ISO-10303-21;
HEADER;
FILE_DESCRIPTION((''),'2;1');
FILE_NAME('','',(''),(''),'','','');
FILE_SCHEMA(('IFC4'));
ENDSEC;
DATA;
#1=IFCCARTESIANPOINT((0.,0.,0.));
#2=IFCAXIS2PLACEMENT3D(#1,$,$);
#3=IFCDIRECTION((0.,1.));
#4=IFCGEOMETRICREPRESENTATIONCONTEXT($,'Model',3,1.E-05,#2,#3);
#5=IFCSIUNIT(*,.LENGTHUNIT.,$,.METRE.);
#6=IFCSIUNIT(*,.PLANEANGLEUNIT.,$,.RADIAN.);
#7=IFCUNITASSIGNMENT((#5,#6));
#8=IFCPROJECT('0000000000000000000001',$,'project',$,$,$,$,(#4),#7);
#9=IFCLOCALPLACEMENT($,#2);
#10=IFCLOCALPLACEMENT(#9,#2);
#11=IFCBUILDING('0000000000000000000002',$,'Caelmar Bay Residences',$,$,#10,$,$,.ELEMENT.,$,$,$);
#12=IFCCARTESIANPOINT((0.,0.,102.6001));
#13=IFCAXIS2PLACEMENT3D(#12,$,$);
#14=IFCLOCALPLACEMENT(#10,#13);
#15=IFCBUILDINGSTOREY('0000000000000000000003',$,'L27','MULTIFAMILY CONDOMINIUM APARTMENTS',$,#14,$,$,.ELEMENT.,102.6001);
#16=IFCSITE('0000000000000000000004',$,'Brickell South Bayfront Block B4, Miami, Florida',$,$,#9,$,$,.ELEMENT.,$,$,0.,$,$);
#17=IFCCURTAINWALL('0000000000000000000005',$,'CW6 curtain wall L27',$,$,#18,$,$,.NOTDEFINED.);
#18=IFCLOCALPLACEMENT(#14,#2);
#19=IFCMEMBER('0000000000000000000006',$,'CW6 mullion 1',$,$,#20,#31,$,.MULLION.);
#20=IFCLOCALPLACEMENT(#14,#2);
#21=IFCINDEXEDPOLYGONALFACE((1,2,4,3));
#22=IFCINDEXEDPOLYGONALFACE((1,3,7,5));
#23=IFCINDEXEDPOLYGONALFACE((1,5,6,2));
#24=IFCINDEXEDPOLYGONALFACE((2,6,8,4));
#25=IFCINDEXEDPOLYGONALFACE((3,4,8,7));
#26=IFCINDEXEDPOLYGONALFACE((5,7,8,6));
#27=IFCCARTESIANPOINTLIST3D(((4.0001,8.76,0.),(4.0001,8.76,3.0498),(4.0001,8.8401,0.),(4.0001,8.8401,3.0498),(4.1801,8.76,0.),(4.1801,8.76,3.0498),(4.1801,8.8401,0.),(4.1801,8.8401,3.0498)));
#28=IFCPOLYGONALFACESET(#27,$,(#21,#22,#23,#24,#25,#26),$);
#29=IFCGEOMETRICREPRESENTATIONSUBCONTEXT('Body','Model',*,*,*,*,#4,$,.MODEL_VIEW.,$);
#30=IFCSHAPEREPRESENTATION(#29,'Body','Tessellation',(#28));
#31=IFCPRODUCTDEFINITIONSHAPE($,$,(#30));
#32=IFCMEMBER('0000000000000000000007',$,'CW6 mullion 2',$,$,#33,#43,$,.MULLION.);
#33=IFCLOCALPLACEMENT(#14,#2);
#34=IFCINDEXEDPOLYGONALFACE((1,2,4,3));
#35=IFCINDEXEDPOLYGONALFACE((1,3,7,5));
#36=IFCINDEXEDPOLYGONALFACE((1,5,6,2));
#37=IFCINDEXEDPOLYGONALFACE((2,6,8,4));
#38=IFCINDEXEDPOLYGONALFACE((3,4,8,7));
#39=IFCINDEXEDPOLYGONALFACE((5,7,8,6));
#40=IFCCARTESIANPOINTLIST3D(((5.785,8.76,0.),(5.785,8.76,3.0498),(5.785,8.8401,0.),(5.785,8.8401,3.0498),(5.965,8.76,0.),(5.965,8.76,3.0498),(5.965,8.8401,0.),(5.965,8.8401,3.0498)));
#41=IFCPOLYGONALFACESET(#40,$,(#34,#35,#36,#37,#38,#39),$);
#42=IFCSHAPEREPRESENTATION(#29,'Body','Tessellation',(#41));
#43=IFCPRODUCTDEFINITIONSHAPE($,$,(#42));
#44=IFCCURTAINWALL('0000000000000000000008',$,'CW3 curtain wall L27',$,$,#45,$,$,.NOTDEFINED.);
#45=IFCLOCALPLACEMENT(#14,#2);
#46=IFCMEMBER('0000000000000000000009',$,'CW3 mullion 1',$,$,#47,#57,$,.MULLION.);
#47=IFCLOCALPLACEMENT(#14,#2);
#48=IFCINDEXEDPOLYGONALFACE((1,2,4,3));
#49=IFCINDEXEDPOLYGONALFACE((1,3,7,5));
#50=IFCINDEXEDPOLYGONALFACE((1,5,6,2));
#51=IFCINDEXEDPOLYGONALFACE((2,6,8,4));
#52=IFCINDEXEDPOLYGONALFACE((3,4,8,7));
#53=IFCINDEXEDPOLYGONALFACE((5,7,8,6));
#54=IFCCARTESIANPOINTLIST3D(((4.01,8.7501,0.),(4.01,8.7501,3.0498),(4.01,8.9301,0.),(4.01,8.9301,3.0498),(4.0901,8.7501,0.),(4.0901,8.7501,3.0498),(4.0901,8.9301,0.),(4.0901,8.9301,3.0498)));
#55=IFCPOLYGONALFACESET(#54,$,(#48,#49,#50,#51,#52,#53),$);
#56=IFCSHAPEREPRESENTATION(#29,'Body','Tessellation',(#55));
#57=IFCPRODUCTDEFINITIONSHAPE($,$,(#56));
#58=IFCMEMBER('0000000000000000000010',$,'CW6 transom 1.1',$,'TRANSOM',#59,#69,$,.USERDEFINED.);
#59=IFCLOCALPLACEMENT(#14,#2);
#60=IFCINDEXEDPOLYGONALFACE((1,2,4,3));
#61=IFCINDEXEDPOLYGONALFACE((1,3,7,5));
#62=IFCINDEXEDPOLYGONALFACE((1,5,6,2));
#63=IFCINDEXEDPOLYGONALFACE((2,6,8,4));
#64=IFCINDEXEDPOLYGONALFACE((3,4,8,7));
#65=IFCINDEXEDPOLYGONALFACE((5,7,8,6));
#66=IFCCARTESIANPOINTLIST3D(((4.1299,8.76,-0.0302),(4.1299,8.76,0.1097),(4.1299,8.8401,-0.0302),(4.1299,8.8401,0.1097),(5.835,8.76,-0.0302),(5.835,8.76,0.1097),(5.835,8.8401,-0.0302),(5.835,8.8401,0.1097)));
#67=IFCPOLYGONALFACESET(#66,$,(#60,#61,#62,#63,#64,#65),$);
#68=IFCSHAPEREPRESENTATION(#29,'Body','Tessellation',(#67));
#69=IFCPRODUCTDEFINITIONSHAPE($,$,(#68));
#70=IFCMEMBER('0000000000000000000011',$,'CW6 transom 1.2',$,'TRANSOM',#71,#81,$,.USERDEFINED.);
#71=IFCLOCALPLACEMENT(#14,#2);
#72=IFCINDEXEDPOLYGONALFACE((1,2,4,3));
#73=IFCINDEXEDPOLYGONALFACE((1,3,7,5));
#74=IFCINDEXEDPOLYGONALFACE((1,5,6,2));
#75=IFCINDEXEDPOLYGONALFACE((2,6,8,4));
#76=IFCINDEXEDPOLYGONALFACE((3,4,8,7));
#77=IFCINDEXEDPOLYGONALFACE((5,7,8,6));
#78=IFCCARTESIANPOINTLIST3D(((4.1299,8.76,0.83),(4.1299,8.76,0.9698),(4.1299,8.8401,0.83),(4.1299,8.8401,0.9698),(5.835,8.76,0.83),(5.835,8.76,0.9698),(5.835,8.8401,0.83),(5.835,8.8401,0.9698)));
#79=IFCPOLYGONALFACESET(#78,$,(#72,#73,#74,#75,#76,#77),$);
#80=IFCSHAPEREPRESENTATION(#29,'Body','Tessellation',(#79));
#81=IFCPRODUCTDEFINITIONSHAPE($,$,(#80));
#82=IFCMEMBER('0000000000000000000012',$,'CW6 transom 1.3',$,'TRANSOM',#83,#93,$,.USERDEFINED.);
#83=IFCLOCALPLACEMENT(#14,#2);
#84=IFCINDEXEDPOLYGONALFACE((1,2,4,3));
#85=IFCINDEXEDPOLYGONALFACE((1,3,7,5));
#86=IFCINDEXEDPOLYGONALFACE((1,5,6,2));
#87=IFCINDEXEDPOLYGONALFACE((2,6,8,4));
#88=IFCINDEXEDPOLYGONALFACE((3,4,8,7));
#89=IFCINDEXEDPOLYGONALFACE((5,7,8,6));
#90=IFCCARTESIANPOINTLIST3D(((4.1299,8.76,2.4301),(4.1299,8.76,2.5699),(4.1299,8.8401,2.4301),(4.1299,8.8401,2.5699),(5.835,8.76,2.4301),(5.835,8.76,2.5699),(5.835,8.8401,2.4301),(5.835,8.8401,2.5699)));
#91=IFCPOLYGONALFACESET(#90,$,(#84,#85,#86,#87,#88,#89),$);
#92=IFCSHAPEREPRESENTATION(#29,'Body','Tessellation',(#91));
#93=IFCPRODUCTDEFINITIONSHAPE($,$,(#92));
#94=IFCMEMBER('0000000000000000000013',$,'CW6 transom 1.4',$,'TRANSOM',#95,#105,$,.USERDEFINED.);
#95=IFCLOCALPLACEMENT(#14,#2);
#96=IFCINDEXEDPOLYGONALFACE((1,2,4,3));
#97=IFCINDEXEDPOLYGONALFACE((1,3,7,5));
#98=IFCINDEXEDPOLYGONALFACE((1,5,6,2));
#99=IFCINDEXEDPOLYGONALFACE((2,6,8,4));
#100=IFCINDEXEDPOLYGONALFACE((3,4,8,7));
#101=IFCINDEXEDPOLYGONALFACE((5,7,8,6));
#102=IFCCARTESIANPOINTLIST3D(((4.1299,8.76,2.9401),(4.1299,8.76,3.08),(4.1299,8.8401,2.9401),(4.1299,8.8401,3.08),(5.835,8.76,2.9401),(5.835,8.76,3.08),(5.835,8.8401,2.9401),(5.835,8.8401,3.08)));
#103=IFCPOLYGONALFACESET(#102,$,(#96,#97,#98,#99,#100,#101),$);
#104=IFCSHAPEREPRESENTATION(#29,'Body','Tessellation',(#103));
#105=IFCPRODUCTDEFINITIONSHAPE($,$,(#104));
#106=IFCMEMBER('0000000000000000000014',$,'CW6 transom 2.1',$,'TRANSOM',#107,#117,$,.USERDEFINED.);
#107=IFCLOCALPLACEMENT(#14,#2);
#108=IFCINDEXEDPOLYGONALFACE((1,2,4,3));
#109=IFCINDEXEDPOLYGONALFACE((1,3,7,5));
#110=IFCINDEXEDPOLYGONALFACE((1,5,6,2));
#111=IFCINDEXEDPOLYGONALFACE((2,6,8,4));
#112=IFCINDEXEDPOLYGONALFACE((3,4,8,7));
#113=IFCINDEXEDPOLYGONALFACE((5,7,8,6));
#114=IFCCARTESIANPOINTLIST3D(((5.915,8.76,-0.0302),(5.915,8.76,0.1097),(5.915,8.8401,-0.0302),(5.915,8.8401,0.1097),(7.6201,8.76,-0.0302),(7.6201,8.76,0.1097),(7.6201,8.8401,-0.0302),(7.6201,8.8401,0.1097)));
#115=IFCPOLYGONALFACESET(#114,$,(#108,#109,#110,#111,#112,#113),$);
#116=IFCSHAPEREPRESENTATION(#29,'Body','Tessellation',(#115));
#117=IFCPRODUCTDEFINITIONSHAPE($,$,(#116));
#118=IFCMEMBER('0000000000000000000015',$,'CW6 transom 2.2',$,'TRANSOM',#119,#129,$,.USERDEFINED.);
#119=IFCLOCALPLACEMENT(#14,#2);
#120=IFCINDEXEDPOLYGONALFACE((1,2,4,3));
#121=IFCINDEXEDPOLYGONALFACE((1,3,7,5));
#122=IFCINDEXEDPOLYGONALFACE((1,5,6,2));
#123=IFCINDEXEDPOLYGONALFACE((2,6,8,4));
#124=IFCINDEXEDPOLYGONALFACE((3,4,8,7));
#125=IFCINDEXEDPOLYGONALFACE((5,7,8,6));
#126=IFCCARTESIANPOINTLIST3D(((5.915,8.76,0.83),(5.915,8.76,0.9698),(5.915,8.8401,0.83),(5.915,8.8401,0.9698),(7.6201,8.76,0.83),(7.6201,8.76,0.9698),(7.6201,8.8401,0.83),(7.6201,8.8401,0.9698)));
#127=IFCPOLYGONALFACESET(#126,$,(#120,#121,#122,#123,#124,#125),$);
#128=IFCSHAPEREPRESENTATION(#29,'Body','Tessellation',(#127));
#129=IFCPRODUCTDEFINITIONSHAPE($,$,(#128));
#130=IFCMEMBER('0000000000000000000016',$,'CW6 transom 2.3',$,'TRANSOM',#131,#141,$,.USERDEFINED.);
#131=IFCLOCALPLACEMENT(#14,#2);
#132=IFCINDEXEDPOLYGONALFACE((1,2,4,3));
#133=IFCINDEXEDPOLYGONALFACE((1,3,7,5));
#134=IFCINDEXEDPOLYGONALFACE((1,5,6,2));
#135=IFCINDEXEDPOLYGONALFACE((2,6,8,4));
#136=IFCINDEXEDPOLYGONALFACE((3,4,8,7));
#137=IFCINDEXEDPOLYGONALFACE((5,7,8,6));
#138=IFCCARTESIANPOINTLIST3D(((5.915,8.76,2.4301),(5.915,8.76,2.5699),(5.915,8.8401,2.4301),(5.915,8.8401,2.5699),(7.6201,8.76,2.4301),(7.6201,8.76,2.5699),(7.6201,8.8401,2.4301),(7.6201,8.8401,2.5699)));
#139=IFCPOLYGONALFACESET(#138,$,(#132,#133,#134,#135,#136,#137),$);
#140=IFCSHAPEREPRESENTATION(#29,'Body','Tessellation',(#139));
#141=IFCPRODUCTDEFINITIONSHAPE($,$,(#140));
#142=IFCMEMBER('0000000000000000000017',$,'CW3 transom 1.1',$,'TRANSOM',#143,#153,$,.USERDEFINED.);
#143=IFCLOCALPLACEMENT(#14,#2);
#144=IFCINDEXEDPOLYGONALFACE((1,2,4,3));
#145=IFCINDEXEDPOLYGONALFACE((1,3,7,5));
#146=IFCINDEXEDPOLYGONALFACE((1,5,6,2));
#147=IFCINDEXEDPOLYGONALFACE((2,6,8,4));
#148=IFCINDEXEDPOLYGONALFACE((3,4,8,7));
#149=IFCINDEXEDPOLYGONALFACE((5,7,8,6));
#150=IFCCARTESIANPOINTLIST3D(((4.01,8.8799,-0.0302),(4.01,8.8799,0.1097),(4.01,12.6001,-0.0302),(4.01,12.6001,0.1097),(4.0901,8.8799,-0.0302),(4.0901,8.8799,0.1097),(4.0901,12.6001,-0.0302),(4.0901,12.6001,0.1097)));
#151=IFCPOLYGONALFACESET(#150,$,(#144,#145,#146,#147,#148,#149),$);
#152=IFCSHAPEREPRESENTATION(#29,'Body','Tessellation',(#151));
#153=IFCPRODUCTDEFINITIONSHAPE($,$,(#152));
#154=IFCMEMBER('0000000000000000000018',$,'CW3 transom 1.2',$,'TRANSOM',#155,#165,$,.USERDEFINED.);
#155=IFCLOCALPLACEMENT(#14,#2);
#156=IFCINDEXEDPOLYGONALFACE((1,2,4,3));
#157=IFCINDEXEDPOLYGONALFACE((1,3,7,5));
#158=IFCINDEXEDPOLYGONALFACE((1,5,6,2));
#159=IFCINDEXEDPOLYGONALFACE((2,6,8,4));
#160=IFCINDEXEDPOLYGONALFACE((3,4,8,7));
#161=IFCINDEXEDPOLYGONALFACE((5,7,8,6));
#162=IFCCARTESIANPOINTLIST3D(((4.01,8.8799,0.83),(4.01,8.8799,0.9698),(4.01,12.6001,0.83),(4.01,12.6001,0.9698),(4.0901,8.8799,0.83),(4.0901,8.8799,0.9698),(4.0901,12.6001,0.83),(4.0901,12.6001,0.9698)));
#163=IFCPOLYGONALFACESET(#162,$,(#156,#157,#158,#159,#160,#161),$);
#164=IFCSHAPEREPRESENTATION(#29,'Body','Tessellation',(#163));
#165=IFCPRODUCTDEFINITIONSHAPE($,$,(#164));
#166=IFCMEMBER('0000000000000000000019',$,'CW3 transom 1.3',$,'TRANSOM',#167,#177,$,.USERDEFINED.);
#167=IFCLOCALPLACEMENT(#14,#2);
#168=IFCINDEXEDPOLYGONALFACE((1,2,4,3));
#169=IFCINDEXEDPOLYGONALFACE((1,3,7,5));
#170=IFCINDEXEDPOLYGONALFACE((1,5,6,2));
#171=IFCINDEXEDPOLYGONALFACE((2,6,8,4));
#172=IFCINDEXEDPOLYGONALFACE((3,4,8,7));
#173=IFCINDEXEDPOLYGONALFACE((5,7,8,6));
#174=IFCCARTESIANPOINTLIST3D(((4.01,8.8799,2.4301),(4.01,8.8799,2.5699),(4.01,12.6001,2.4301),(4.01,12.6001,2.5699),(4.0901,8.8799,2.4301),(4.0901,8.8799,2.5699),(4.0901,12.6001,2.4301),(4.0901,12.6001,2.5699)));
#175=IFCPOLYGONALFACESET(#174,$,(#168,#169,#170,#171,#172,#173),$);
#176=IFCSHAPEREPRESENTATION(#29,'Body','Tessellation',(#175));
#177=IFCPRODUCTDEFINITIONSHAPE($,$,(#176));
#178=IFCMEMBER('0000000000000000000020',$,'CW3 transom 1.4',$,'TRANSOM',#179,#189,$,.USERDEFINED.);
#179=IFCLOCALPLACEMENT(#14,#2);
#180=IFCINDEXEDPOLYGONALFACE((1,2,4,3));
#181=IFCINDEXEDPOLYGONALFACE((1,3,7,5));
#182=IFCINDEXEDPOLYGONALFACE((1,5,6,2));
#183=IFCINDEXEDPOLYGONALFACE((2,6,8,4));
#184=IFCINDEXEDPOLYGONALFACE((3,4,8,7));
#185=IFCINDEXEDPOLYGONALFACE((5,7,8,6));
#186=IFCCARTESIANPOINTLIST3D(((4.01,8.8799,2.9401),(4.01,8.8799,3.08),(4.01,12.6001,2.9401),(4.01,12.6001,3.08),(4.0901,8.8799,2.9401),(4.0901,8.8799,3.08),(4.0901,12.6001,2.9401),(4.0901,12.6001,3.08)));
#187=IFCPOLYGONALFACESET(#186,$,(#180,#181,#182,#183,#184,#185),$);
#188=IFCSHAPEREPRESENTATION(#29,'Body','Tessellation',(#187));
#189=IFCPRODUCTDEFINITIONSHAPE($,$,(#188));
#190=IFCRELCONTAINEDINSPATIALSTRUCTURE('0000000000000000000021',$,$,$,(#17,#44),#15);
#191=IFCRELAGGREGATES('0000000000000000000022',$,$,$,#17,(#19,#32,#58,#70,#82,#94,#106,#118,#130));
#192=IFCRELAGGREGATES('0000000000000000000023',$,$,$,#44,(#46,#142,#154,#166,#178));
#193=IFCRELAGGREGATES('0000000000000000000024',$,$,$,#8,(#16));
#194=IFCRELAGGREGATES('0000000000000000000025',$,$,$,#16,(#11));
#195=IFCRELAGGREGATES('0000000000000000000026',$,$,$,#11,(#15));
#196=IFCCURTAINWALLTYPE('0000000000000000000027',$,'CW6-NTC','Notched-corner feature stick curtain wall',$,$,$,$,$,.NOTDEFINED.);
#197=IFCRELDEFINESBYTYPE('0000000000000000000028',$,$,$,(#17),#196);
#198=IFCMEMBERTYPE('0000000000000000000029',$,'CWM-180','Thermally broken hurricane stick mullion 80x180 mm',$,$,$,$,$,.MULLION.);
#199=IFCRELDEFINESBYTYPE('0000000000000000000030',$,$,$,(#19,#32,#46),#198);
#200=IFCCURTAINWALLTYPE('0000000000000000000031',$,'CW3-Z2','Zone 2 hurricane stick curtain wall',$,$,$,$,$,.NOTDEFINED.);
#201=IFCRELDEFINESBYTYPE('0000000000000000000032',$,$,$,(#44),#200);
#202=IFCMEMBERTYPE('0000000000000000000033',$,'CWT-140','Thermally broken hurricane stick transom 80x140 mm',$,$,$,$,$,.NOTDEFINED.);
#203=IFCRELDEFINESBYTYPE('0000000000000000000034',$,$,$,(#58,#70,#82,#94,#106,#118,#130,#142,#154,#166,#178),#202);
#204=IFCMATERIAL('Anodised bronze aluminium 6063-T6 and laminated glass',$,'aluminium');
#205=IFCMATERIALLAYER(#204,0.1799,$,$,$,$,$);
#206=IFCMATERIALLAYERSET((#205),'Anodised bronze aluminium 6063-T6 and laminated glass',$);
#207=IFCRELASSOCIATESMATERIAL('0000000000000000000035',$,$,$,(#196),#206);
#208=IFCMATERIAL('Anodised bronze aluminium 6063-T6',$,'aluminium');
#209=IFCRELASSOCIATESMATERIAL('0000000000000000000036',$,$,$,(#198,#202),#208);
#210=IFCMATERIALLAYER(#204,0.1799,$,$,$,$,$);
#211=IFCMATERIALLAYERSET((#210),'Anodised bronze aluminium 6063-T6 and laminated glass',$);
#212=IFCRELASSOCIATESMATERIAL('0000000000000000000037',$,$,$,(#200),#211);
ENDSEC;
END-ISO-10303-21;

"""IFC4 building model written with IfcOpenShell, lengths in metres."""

from ifc_helpers import new_model, si_unit, direction, frame, origin, origin_2d, place, context, subcontext, project, spatial, rectangle, extrude, material, layer, layer_set, material_profile, profile_set, type_object, element, aggregate, save


model = new_model("IFC4")

# Units and contexts
model_context = context("Model", 3, precision=1e-05, world=origin(), true_north=direction((0.0, 1.0)))
body_context = subcontext(model_context, "Body", "Model", "MODEL_VIEW")
ifc_project = project(units=[si_unit("LENGTHUNIT", "METRE"), si_unit("PLANEANGLEUNIT", "RADIAN")], contexts=[model_context])

# Site, building, storey
site_placement = place(None, origin())
site = spatial("IfcSite", under=ifc_project, at=site_placement, Name="Brickell South Bayfront Block B4, Miami, Florida", CompositionType="ELEMENT", RefElevation=0.0)
building_placement = place(site_placement, origin())
building = spatial("IfcBuilding", under=site, at=building_placement, Name="Caelmar Bay Residences", CompositionType="ELEMENT")
storey_placement = place(building_placement, frame((0.0, 0.0, 102.6001)))
storey = spatial("IfcBuildingStorey", under=building, at=storey_placement, Name="L27", Description="MULTIFAMILY CONDOMINIUM APARTMENTS", CompositionType="ELEMENT", Elevation=102.6001)

# Curtain wall, members
ifc_material_1 = material(Name="Anodised bronze aluminium 6063-T6 and laminated glass", Category="aluminium")
ifc_layer_1 = layer(ifc_material_1, 0.1799)
ifc_layer_set_1 = layer_set([ifc_layer_1], Name="Anodised bronze aluminium 6063-T6 and laminated glass")
curtain_wall_type_1 = type_object("IfcCurtainWallType", Name="CW6-NTC", Description="Notched-corner feature stick curtain wall", PredefinedType="NOTDEFINED", material=ifc_layer_set_1)
curtain_wall_1_placement = place(storey_placement, origin())
curtain_wall_1 = element("IfcCurtainWall", 1, at=curtain_wall_1_placement, inside=storey, type_object=curtain_wall_type_1, Name="CW6 curtain wall L27", PredefinedType="NOTDEFINED")
ifc_material_2 = material(Name="Anodised bronze aluminium 6063-T6", Category="aluminium")
ifc_material_profile_1 = material_profile(ifc_material_2, rectangle(XDim=0.0801, YDim=0.1799, at=origin_2d()), Name="CWM-80X180")
ifc_profile_set_1 = profile_set([ifc_material_profile_1], Name="Anodised bronze aluminium 6063-T6")
member_type_1 = type_object("IfcMemberType", Name="CWM-180", Description="Thermally broken hurricane stick mullion 80x180 mm", PredefinedType="MULLION", material=ifc_profile_set_1)
member_1_placement = place(storey_placement, frame((4.0901, 8.8, 0.0), z_axis=(0.0, 0.0, 1.0), x_axis=(0.0, 1.0, 0.0)))
member_1 = element("IfcMember", 2, at=member_1_placement, type_object=member_type_1, Name="CW6 mullion 1", PredefinedType="MULLION", context=body_context, shape_type="SweptSolid", body=[
    extrude(rectangle(XDim=0.0801, YDim=0.1799, at=origin_2d()), origin(), (0.0, 0.0, 1.0), 3.0498),
])
member_2_placement = place(storey_placement, frame((5.875, 8.8, 0.0), z_axis=(0.0, 0.0, 1.0), x_axis=(0.0, 1.0, 0.0)))
member_2 = element("IfcMember", 3, at=member_2_placement, type_object=member_type_1, Name="CW6 mullion 2", PredefinedType="MULLION", context=body_context, shape_type="SweptSolid", body=[
    extrude(rectangle(XDim=0.0801, YDim=0.1799, at=origin_2d()), origin(), (0.0, 0.0, 1.0), 3.0498),
])

# Curtain wall, member
ifc_layer_2 = layer(ifc_material_1, 0.1799)
ifc_layer_set_2 = layer_set([ifc_layer_2], Name="Anodised bronze aluminium 6063-T6 and laminated glass")
curtain_wall_type_2 = type_object("IfcCurtainWallType", Name="CW3-Z2", Description="Zone 2 hurricane stick curtain wall", PredefinedType="NOTDEFINED", material=ifc_layer_set_2)
curtain_wall_2_placement = place(storey_placement, origin())
curtain_wall_2 = element("IfcCurtainWall", 4, at=curtain_wall_2_placement, inside=storey, type_object=curtain_wall_type_2, Name="CW3 curtain wall L27", PredefinedType="NOTDEFINED")
member_3_placement = place(storey_placement, frame((4.05, 8.8401, 0.0), z_axis=(0.0, 0.0, 1.0), x_axis=(-1.0, 0.0, 0.0)))
member_3 = element("IfcMember", 5, at=member_3_placement, type_object=member_type_1, Name="CW3 mullion 1", PredefinedType="MULLION", context=body_context, shape_type="SweptSolid", body=[
    extrude(rectangle(XDim=0.0801, YDim=0.1799, at=origin_2d()), origin(), (0.0, 0.0, 1.0), 3.0498),
])

# Members
ifc_material_profile_2 = material_profile(ifc_material_2, rectangle(XDim=0.0801, YDim=0.1399, at=origin_2d()), Name="CWT-80X140")
ifc_profile_set_2 = profile_set([ifc_material_profile_2], Name="Anodised bronze aluminium 6063-T6")
member_type_2 = type_object("IfcMemberType", Name="CWT-140", Description="Thermally broken hurricane stick transom 80x140 mm", PredefinedType="NOTDEFINED", material=ifc_profile_set_2)
member_4_placement = place(storey_placement, frame((4.1299, 8.8, 0.0398), z_axis=(1.0, 0.0, 0.0), x_axis=(0.0, 1.0, 0.0)))
member_4 = element("IfcMember", 6, at=member_4_placement, type_object=member_type_2, Name="CW6 transom 1.1", ObjectType="TRANSOM", PredefinedType="USERDEFINED", context=body_context, shape_type="SweptSolid", body=[
    extrude(rectangle(XDim=0.0801, YDim=0.1399, at=origin_2d()), origin(), (0.0, 0.0, 1.0), 1.7051),
])
member_5_placement = place(storey_placement, frame((4.1299, 8.8, 0.8999), z_axis=(1.0, 0.0, 0.0), x_axis=(0.0, 1.0, 0.0)))
member_5 = element("IfcMember", 7, at=member_5_placement, type_object=member_type_2, Name="CW6 transom 1.2", ObjectType="TRANSOM", PredefinedType="USERDEFINED", context=body_context, shape_type="SweptSolid", body=[
    extrude(rectangle(XDim=0.0801, YDim=0.1399, at=origin_2d()), origin(), (0.0, 0.0, 1.0), 1.7051),
])
member_6_placement = place(storey_placement, frame((4.1299, 8.8, 2.5), z_axis=(1.0, 0.0, 0.0), x_axis=(0.0, 1.0, 0.0)))
member_6 = element("IfcMember", 8, at=member_6_placement, type_object=member_type_2, Name="CW6 transom 1.3", ObjectType="TRANSOM", PredefinedType="USERDEFINED", context=body_context, shape_type="SweptSolid", body=[
    extrude(rectangle(XDim=0.0801, YDim=0.1399, at=origin_2d()), origin(), (0.0, 0.0, 1.0), 1.7051),
])
member_7_placement = place(storey_placement, frame((4.1299, 8.8, 3.01), z_axis=(1.0, 0.0, 0.0), x_axis=(0.0, 1.0, 0.0)))
member_7 = element("IfcMember", 9, at=member_7_placement, type_object=member_type_2, Name="CW6 transom 1.4", ObjectType="TRANSOM", PredefinedType="USERDEFINED", context=body_context, shape_type="SweptSolid", body=[
    extrude(rectangle(XDim=0.0801, YDim=0.1399, at=origin_2d()), origin(), (0.0, 0.0, 1.0), 1.7051),
])
member_8_placement = place(storey_placement, frame((5.915, 8.8, 0.0398), z_axis=(1.0, 0.0, 0.0), x_axis=(0.0, 1.0, 0.0)))
member_8 = element("IfcMember", 10, at=member_8_placement, type_object=member_type_2, Name="CW6 transom 2.1", ObjectType="TRANSOM", PredefinedType="USERDEFINED", context=body_context, shape_type="SweptSolid", body=[
    extrude(rectangle(XDim=0.0801, YDim=0.1399, at=origin_2d()), origin(), (0.0, 0.0, 1.0), 1.7051),
])
member_9_placement = place(storey_placement, frame((5.915, 8.8, 0.8999), z_axis=(1.0, 0.0, 0.0), x_axis=(0.0, 1.0, 0.0)))
member_9 = element("IfcMember", 11, at=member_9_placement, type_object=member_type_2, Name="CW6 transom 2.2", ObjectType="TRANSOM", PredefinedType="USERDEFINED", context=body_context, shape_type="SweptSolid", body=[
    extrude(rectangle(XDim=0.0801, YDim=0.1399, at=origin_2d()), origin(), (0.0, 0.0, 1.0), 1.7051),
])
member_10_placement = place(storey_placement, frame((5.915, 8.8, 2.5), z_axis=(1.0, 0.0, 0.0), x_axis=(0.0, 1.0, 0.0)))
member_10 = element("IfcMember", 12, at=member_10_placement, type_object=member_type_2, Name="CW6 transom 2.3", ObjectType="TRANSOM", PredefinedType="USERDEFINED", context=body_context, shape_type="SweptSolid", body=[
    extrude(rectangle(XDim=0.0801, YDim=0.1399, at=origin_2d()), origin(), (0.0, 0.0, 1.0), 1.7051),
])
member_11_placement = place(storey_placement, frame((4.05, 8.8799, 0.0398), z_axis=(0.0, 1.0, 0.0), x_axis=(-1.0, 0.0, 0.0)))
member_11 = element("IfcMember", 13, at=member_11_placement, type_object=member_type_2, Name="CW3 transom 1.1", ObjectType="TRANSOM", PredefinedType="USERDEFINED", context=body_context, shape_type="SweptSolid", body=[
    extrude(rectangle(XDim=0.0801, YDim=0.1399, at=origin_2d()), origin(), (0.0, 0.0, 1.0), 3.7202),
])
member_12_placement = place(storey_placement, frame((4.05, 8.8799, 0.8999), z_axis=(0.0, 1.0, 0.0), x_axis=(-1.0, 0.0, 0.0)))
member_12 = element("IfcMember", 14, at=member_12_placement, type_object=member_type_2, Name="CW3 transom 1.2", ObjectType="TRANSOM", PredefinedType="USERDEFINED", context=body_context, shape_type="SweptSolid", body=[
    extrude(rectangle(XDim=0.0801, YDim=0.1399, at=origin_2d()), origin(), (0.0, 0.0, 1.0), 3.7202),
])
member_13_placement = place(storey_placement, frame((4.05, 8.8799, 2.5), z_axis=(0.0, 1.0, 0.0), x_axis=(-1.0, 0.0, 0.0)))
member_13 = element("IfcMember", 15, at=member_13_placement, type_object=member_type_2, Name="CW3 transom 1.3", ObjectType="TRANSOM", PredefinedType="USERDEFINED", context=body_context, shape_type="SweptSolid", body=[
    extrude(rectangle(XDim=0.0801, YDim=0.1399, at=origin_2d()), origin(), (0.0, 0.0, 1.0), 3.7202),
])
member_14_placement = place(storey_placement, frame((4.05, 8.8799, 3.01), z_axis=(0.0, 1.0, 0.0), x_axis=(-1.0, 0.0, 0.0)))
member_14 = element("IfcMember", 16, at=member_14_placement, type_object=member_type_2, Name="CW3 transom 1.4", ObjectType="TRANSOM", PredefinedType="USERDEFINED", context=body_context, shape_type="SweptSolid", body=[
    extrude(rectangle(XDim=0.0801, YDim=0.1399, at=origin_2d()), origin(), (0.0, 0.0, 1.0), 3.7202),
])

aggregate(curtain_wall_1, [member_1, member_2, member_4, member_5, member_6, member_7, member_8, member_9, member_10])
aggregate(curtain_wall_2, [member_3, member_11, member_12, member_13, member_14])

save(model, "model.ifc")
